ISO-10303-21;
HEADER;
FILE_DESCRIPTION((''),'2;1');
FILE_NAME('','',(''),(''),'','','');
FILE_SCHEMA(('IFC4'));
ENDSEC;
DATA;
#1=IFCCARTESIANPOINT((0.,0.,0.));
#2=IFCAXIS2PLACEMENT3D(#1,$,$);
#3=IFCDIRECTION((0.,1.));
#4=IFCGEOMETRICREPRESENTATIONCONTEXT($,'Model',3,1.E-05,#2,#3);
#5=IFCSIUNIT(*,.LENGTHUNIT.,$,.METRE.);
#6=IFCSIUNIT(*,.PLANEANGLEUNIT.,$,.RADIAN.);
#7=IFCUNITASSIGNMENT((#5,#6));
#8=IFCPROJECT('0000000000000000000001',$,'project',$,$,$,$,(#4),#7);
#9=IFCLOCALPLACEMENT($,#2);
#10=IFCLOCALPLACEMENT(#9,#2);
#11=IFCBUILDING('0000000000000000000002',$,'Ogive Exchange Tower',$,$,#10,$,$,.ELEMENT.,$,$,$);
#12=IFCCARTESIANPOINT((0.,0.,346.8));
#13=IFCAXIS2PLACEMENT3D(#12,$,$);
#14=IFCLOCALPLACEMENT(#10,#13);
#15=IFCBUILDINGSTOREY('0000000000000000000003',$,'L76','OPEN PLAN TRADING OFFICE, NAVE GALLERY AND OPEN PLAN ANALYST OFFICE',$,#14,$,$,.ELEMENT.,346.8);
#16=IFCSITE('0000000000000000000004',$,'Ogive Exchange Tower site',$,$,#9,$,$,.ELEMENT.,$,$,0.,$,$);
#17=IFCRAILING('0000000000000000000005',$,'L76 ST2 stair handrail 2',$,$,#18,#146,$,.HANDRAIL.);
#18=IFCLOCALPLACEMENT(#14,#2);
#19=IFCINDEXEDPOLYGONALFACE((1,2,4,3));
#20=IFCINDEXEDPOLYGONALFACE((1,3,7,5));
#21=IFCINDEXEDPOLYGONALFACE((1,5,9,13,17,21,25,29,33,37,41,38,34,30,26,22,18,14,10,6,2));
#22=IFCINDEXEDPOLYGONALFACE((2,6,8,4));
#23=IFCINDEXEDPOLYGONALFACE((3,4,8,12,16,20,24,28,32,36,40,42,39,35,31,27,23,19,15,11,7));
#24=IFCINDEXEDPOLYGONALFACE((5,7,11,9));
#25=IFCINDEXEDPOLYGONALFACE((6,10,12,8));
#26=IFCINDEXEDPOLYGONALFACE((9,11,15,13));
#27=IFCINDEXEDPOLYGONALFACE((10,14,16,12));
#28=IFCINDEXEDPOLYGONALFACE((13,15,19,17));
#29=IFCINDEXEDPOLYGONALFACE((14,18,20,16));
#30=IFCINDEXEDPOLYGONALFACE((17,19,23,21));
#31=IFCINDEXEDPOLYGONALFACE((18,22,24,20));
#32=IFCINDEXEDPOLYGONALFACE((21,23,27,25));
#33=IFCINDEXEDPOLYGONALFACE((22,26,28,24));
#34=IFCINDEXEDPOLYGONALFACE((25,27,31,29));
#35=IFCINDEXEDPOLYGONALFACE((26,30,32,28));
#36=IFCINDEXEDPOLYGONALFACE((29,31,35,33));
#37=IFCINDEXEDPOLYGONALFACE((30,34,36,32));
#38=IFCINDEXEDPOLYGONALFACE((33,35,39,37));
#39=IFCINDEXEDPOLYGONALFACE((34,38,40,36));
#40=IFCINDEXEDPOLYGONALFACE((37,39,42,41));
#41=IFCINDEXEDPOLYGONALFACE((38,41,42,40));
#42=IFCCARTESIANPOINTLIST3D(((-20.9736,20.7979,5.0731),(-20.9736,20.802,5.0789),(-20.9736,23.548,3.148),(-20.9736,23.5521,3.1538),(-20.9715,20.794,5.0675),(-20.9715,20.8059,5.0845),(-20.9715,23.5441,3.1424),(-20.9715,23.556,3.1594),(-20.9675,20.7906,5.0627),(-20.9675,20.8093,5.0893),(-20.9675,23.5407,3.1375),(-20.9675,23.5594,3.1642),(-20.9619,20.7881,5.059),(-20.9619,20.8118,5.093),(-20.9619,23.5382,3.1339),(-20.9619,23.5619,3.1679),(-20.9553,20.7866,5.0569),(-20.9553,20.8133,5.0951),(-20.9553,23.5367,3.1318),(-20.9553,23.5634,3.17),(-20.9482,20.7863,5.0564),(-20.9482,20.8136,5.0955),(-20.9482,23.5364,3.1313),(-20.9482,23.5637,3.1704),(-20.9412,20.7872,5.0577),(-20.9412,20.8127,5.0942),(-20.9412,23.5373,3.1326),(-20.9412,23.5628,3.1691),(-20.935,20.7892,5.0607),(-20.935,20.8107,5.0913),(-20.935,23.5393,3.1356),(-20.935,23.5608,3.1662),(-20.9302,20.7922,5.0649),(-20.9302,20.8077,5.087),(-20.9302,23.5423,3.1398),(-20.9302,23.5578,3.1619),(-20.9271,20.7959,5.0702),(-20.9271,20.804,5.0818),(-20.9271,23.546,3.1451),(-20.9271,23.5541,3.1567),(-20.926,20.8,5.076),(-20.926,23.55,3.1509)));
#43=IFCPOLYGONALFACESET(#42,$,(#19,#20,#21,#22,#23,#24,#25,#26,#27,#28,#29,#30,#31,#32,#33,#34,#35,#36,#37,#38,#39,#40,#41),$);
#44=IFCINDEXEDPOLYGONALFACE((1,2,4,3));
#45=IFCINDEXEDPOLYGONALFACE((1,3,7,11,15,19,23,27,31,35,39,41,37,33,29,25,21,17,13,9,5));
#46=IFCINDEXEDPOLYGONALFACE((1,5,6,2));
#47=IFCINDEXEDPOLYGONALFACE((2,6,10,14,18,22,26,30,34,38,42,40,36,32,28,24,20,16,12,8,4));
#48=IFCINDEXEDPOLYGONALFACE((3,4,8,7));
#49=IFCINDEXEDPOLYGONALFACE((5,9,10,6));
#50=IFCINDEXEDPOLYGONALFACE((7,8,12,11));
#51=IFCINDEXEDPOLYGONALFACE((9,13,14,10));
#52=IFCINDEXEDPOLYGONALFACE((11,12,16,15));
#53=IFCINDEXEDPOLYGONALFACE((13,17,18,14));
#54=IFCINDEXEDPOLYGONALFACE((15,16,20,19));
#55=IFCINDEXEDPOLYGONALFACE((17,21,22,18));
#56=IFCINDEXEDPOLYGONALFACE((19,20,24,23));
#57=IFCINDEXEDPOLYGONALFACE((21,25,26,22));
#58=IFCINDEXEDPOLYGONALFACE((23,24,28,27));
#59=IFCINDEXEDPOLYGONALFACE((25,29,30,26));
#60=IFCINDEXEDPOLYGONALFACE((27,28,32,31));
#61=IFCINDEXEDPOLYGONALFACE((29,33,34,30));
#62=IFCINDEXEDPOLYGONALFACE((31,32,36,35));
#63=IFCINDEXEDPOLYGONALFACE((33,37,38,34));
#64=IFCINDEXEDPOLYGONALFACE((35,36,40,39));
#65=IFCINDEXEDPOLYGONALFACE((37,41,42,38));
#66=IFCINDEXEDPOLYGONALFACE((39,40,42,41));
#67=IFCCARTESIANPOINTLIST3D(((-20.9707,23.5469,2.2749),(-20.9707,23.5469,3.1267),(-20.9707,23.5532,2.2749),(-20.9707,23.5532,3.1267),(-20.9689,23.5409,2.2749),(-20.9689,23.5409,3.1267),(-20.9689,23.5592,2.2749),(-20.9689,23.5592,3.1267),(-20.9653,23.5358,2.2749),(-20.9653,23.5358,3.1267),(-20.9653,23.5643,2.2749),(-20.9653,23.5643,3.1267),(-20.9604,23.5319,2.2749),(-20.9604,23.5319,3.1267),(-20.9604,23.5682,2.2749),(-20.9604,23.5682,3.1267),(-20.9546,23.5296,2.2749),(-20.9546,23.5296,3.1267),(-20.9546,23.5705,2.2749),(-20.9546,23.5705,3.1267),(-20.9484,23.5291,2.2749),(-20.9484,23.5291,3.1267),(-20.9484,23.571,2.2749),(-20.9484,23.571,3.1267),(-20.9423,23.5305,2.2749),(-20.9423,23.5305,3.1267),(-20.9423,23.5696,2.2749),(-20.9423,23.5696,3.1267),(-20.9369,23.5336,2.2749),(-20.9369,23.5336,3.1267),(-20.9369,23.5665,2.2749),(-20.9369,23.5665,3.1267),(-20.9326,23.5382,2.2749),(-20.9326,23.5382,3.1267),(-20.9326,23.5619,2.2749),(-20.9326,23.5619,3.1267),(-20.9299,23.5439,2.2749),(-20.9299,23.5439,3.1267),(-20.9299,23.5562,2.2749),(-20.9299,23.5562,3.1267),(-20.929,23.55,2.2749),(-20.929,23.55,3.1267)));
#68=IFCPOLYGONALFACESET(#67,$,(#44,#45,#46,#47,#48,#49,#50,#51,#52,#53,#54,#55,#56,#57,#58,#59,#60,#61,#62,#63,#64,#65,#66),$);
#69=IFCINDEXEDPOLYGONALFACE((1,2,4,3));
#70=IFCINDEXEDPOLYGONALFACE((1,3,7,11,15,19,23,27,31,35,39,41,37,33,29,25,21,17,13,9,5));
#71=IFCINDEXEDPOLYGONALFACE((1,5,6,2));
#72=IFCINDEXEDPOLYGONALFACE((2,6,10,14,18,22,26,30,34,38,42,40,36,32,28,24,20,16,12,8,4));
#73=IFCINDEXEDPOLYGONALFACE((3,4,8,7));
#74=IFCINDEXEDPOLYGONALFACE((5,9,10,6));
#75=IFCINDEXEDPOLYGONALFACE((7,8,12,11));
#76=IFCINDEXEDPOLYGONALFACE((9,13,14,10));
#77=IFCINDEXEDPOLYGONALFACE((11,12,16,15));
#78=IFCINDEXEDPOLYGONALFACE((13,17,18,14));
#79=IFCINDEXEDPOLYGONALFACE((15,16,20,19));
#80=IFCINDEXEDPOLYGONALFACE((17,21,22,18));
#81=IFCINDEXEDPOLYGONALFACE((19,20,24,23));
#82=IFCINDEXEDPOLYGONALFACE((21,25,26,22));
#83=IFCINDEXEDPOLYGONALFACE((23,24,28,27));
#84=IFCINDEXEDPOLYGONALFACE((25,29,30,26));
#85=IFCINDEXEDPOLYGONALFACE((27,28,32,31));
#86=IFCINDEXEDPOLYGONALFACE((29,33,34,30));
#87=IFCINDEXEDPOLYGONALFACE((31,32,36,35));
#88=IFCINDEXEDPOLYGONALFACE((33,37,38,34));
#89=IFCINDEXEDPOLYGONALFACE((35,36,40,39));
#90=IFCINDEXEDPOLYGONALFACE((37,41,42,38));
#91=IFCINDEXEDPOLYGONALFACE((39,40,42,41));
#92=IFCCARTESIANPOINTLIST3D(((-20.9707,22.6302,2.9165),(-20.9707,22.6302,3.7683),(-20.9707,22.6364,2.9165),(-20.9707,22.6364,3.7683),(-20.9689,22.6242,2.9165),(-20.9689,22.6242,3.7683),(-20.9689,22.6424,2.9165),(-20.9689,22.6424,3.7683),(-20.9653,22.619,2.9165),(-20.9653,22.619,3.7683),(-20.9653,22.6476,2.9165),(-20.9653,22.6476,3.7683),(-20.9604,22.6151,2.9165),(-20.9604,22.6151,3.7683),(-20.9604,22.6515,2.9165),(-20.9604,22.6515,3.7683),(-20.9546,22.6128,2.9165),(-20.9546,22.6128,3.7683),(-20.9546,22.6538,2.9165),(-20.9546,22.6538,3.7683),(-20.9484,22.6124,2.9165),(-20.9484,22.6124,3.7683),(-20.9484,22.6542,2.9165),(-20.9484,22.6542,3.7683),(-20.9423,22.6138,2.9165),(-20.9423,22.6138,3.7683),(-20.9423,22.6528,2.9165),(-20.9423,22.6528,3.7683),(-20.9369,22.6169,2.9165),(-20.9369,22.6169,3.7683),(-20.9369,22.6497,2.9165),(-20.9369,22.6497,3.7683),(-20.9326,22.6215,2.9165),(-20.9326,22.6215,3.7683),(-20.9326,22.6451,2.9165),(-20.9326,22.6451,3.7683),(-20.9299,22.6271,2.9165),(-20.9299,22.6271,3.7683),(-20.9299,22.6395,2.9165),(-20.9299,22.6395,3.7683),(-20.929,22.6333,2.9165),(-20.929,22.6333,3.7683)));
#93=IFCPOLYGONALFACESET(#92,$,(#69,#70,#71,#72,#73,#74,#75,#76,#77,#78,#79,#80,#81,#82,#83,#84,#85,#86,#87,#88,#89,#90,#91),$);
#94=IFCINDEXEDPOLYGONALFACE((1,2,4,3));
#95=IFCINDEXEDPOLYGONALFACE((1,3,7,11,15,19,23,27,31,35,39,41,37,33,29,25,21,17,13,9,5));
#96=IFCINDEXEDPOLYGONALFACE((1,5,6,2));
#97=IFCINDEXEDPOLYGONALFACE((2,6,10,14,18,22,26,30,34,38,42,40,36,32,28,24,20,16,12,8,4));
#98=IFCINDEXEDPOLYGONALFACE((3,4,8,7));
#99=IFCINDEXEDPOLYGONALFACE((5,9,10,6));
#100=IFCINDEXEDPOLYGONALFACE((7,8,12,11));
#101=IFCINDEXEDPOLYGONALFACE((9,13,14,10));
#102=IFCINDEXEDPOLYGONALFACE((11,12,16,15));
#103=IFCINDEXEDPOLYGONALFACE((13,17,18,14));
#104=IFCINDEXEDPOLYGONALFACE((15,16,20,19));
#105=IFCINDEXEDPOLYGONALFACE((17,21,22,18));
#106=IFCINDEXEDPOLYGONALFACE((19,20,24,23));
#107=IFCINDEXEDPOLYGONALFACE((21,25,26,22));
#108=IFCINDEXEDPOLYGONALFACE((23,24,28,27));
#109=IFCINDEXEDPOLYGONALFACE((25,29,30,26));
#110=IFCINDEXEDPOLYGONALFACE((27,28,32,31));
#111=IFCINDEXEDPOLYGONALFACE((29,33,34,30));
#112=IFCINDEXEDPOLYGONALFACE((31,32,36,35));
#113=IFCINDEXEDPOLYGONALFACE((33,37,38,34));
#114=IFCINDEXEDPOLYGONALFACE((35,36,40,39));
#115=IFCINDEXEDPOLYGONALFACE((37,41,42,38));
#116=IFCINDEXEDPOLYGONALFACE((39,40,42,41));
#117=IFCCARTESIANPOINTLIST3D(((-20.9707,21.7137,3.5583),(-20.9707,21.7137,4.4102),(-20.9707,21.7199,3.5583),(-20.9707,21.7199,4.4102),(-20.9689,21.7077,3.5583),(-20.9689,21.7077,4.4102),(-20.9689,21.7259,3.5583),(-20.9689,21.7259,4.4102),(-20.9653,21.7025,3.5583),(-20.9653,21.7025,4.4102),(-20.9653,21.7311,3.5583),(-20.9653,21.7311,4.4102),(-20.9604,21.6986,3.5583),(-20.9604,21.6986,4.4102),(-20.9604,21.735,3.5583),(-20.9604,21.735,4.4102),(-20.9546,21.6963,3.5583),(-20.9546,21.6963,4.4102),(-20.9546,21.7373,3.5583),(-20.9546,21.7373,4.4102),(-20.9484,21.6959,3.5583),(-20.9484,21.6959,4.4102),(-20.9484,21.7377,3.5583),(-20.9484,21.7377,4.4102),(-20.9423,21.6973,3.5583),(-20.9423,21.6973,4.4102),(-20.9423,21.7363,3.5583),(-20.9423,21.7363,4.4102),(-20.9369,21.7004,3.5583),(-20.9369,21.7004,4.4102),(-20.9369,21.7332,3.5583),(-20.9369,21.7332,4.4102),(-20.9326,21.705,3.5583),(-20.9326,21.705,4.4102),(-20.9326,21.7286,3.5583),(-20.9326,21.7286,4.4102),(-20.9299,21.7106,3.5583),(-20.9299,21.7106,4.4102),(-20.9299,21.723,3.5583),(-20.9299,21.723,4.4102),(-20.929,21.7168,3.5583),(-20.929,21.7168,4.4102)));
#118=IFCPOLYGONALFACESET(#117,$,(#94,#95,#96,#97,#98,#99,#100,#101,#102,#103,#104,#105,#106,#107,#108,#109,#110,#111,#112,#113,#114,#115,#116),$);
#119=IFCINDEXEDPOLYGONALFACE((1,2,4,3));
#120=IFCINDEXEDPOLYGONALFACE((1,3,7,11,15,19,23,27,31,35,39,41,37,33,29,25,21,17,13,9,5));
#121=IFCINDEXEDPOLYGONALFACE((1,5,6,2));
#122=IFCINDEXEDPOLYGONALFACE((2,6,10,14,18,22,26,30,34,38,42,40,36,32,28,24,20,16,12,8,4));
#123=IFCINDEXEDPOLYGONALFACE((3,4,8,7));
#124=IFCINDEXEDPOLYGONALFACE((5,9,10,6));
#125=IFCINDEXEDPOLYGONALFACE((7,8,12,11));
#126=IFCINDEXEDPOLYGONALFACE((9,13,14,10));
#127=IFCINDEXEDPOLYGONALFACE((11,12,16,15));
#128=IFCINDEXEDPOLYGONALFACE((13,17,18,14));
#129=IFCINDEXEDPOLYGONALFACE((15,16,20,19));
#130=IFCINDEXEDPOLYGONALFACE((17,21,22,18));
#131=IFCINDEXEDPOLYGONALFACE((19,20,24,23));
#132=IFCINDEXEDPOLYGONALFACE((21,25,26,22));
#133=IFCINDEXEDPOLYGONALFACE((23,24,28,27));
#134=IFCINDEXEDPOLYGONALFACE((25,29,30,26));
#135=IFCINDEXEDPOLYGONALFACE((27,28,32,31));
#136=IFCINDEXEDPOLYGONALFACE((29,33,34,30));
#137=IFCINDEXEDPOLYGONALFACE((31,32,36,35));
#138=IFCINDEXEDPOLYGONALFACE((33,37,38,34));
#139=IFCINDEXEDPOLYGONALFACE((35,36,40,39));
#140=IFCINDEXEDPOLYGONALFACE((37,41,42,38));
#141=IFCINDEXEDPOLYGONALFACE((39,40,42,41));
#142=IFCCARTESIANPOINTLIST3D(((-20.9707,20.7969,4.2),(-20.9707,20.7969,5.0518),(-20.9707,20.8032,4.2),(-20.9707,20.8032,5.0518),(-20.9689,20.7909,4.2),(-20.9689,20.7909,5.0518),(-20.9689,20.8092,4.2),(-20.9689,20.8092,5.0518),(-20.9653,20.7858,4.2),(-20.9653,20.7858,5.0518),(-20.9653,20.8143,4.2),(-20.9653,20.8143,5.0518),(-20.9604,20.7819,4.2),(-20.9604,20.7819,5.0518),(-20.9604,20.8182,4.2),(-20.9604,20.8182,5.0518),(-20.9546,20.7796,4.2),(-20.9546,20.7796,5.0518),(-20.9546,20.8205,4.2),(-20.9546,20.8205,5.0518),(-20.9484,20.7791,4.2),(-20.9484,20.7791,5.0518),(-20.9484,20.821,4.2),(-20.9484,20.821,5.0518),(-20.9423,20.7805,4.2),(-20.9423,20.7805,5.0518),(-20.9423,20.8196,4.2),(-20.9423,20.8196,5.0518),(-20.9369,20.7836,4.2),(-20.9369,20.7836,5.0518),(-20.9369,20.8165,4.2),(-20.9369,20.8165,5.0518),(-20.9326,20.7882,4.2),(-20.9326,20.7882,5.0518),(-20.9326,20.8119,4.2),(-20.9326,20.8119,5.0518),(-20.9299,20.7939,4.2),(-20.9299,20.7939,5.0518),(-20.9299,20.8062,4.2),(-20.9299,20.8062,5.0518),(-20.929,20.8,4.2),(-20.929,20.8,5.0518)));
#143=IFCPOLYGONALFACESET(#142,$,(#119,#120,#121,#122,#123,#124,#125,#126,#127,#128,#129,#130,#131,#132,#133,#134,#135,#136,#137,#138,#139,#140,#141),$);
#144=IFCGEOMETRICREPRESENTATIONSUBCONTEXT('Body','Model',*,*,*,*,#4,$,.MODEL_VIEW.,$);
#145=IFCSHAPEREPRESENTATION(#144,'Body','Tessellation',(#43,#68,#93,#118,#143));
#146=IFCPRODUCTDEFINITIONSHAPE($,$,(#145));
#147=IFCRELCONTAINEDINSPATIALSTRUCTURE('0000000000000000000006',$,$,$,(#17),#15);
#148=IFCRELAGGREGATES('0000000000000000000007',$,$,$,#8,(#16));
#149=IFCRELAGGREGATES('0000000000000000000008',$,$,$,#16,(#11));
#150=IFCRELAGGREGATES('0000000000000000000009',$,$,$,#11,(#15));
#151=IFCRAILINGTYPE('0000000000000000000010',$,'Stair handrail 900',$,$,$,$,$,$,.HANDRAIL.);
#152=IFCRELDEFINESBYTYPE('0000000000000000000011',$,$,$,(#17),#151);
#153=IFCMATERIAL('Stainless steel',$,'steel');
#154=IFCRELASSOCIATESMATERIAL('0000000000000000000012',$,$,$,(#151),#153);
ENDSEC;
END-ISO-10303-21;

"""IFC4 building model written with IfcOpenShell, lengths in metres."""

from ifc_helpers import new_model, si_unit, direction, frame, origin, origin_2d, place, context, subcontext, project, spatial, circle, extrude, material, type_object, element, save


model = new_model("IFC4")

# Units and contexts
model_context = context("Model", 3, precision=1e-05, world=origin(), true_north=direction((0.0, 1.0)))
body_context = subcontext(model_context, "Body", "Model", "MODEL_VIEW")
ifc_project = project(units=[si_unit("LENGTHUNIT", "METRE"), si_unit("PLANEANGLEUNIT", "RADIAN")], contexts=[model_context])

# Site, building, storey
site_placement = place(None, origin())
site = spatial("IfcSite", under=ifc_project, at=site_placement, Name="Ogive Exchange Tower site", CompositionType="ELEMENT", RefElevation=0.0)
building_placement = place(site_placement, origin())
building = spatial("IfcBuilding", under=site, at=building_placement, Name="Ogive Exchange Tower", CompositionType="ELEMENT")
storey_placement = place(building_placement, frame((0.0, 0.0, 346.8)))
storey = spatial("IfcBuildingStorey", under=building, at=storey_placement, Name="L76", Description="OPEN PLAN TRADING OFFICE, NAVE GALLERY AND OPEN PLAN ANALYST OFFICE", CompositionType="ELEMENT", Elevation=346.8)

# Railing
ifc_material_1 = material(Name="Stainless steel", Category="steel")
railing_type = type_object("IfcRailingType", Name="Stair handrail 900", PredefinedType="HANDRAIL", material=ifc_material_1)
railing_1_placement = place(storey_placement, frame((-20.95, 23.55, 2.2749)))
element("IfcRailing", 1, at=railing_1_placement, inside=storey, type_object=railing_type, Name="L76 ST2 stair handrail 2", PredefinedType="HANDRAIL", context=body_context, shape_type="SweptSolid", body=[
    extrude(circle(Radius=0.0239, at=origin_2d()), frame((0.0, 0.0, 0.876), z_axis=(0.0, -0.819225, 0.573472), x_axis=(1.0, 0.0, 0.0)), (0.0, 0.0, 1.0), 3.3569),
    extrude(circle(Radius=0.021, at=origin_2d()), origin(), (0.0, 0.0, 1.0), 0.8518),
    extrude(circle(Radius=0.021, at=origin_2d()), frame((0.0, -0.9167, 0.6416)), (0.0, 0.0, 1.0), 0.8518),
    extrude(circle(Radius=0.021, at=origin_2d()), frame((0.0, -1.8333, 1.2834)), (0.0, 0.0, 1.0), 0.8518),
    extrude(circle(Radius=0.021, at=origin_2d()), frame((0.0, -2.75, 1.925)), (0.0, 0.0, 1.0), 0.8518),
])

save(model, "model.ifc")
